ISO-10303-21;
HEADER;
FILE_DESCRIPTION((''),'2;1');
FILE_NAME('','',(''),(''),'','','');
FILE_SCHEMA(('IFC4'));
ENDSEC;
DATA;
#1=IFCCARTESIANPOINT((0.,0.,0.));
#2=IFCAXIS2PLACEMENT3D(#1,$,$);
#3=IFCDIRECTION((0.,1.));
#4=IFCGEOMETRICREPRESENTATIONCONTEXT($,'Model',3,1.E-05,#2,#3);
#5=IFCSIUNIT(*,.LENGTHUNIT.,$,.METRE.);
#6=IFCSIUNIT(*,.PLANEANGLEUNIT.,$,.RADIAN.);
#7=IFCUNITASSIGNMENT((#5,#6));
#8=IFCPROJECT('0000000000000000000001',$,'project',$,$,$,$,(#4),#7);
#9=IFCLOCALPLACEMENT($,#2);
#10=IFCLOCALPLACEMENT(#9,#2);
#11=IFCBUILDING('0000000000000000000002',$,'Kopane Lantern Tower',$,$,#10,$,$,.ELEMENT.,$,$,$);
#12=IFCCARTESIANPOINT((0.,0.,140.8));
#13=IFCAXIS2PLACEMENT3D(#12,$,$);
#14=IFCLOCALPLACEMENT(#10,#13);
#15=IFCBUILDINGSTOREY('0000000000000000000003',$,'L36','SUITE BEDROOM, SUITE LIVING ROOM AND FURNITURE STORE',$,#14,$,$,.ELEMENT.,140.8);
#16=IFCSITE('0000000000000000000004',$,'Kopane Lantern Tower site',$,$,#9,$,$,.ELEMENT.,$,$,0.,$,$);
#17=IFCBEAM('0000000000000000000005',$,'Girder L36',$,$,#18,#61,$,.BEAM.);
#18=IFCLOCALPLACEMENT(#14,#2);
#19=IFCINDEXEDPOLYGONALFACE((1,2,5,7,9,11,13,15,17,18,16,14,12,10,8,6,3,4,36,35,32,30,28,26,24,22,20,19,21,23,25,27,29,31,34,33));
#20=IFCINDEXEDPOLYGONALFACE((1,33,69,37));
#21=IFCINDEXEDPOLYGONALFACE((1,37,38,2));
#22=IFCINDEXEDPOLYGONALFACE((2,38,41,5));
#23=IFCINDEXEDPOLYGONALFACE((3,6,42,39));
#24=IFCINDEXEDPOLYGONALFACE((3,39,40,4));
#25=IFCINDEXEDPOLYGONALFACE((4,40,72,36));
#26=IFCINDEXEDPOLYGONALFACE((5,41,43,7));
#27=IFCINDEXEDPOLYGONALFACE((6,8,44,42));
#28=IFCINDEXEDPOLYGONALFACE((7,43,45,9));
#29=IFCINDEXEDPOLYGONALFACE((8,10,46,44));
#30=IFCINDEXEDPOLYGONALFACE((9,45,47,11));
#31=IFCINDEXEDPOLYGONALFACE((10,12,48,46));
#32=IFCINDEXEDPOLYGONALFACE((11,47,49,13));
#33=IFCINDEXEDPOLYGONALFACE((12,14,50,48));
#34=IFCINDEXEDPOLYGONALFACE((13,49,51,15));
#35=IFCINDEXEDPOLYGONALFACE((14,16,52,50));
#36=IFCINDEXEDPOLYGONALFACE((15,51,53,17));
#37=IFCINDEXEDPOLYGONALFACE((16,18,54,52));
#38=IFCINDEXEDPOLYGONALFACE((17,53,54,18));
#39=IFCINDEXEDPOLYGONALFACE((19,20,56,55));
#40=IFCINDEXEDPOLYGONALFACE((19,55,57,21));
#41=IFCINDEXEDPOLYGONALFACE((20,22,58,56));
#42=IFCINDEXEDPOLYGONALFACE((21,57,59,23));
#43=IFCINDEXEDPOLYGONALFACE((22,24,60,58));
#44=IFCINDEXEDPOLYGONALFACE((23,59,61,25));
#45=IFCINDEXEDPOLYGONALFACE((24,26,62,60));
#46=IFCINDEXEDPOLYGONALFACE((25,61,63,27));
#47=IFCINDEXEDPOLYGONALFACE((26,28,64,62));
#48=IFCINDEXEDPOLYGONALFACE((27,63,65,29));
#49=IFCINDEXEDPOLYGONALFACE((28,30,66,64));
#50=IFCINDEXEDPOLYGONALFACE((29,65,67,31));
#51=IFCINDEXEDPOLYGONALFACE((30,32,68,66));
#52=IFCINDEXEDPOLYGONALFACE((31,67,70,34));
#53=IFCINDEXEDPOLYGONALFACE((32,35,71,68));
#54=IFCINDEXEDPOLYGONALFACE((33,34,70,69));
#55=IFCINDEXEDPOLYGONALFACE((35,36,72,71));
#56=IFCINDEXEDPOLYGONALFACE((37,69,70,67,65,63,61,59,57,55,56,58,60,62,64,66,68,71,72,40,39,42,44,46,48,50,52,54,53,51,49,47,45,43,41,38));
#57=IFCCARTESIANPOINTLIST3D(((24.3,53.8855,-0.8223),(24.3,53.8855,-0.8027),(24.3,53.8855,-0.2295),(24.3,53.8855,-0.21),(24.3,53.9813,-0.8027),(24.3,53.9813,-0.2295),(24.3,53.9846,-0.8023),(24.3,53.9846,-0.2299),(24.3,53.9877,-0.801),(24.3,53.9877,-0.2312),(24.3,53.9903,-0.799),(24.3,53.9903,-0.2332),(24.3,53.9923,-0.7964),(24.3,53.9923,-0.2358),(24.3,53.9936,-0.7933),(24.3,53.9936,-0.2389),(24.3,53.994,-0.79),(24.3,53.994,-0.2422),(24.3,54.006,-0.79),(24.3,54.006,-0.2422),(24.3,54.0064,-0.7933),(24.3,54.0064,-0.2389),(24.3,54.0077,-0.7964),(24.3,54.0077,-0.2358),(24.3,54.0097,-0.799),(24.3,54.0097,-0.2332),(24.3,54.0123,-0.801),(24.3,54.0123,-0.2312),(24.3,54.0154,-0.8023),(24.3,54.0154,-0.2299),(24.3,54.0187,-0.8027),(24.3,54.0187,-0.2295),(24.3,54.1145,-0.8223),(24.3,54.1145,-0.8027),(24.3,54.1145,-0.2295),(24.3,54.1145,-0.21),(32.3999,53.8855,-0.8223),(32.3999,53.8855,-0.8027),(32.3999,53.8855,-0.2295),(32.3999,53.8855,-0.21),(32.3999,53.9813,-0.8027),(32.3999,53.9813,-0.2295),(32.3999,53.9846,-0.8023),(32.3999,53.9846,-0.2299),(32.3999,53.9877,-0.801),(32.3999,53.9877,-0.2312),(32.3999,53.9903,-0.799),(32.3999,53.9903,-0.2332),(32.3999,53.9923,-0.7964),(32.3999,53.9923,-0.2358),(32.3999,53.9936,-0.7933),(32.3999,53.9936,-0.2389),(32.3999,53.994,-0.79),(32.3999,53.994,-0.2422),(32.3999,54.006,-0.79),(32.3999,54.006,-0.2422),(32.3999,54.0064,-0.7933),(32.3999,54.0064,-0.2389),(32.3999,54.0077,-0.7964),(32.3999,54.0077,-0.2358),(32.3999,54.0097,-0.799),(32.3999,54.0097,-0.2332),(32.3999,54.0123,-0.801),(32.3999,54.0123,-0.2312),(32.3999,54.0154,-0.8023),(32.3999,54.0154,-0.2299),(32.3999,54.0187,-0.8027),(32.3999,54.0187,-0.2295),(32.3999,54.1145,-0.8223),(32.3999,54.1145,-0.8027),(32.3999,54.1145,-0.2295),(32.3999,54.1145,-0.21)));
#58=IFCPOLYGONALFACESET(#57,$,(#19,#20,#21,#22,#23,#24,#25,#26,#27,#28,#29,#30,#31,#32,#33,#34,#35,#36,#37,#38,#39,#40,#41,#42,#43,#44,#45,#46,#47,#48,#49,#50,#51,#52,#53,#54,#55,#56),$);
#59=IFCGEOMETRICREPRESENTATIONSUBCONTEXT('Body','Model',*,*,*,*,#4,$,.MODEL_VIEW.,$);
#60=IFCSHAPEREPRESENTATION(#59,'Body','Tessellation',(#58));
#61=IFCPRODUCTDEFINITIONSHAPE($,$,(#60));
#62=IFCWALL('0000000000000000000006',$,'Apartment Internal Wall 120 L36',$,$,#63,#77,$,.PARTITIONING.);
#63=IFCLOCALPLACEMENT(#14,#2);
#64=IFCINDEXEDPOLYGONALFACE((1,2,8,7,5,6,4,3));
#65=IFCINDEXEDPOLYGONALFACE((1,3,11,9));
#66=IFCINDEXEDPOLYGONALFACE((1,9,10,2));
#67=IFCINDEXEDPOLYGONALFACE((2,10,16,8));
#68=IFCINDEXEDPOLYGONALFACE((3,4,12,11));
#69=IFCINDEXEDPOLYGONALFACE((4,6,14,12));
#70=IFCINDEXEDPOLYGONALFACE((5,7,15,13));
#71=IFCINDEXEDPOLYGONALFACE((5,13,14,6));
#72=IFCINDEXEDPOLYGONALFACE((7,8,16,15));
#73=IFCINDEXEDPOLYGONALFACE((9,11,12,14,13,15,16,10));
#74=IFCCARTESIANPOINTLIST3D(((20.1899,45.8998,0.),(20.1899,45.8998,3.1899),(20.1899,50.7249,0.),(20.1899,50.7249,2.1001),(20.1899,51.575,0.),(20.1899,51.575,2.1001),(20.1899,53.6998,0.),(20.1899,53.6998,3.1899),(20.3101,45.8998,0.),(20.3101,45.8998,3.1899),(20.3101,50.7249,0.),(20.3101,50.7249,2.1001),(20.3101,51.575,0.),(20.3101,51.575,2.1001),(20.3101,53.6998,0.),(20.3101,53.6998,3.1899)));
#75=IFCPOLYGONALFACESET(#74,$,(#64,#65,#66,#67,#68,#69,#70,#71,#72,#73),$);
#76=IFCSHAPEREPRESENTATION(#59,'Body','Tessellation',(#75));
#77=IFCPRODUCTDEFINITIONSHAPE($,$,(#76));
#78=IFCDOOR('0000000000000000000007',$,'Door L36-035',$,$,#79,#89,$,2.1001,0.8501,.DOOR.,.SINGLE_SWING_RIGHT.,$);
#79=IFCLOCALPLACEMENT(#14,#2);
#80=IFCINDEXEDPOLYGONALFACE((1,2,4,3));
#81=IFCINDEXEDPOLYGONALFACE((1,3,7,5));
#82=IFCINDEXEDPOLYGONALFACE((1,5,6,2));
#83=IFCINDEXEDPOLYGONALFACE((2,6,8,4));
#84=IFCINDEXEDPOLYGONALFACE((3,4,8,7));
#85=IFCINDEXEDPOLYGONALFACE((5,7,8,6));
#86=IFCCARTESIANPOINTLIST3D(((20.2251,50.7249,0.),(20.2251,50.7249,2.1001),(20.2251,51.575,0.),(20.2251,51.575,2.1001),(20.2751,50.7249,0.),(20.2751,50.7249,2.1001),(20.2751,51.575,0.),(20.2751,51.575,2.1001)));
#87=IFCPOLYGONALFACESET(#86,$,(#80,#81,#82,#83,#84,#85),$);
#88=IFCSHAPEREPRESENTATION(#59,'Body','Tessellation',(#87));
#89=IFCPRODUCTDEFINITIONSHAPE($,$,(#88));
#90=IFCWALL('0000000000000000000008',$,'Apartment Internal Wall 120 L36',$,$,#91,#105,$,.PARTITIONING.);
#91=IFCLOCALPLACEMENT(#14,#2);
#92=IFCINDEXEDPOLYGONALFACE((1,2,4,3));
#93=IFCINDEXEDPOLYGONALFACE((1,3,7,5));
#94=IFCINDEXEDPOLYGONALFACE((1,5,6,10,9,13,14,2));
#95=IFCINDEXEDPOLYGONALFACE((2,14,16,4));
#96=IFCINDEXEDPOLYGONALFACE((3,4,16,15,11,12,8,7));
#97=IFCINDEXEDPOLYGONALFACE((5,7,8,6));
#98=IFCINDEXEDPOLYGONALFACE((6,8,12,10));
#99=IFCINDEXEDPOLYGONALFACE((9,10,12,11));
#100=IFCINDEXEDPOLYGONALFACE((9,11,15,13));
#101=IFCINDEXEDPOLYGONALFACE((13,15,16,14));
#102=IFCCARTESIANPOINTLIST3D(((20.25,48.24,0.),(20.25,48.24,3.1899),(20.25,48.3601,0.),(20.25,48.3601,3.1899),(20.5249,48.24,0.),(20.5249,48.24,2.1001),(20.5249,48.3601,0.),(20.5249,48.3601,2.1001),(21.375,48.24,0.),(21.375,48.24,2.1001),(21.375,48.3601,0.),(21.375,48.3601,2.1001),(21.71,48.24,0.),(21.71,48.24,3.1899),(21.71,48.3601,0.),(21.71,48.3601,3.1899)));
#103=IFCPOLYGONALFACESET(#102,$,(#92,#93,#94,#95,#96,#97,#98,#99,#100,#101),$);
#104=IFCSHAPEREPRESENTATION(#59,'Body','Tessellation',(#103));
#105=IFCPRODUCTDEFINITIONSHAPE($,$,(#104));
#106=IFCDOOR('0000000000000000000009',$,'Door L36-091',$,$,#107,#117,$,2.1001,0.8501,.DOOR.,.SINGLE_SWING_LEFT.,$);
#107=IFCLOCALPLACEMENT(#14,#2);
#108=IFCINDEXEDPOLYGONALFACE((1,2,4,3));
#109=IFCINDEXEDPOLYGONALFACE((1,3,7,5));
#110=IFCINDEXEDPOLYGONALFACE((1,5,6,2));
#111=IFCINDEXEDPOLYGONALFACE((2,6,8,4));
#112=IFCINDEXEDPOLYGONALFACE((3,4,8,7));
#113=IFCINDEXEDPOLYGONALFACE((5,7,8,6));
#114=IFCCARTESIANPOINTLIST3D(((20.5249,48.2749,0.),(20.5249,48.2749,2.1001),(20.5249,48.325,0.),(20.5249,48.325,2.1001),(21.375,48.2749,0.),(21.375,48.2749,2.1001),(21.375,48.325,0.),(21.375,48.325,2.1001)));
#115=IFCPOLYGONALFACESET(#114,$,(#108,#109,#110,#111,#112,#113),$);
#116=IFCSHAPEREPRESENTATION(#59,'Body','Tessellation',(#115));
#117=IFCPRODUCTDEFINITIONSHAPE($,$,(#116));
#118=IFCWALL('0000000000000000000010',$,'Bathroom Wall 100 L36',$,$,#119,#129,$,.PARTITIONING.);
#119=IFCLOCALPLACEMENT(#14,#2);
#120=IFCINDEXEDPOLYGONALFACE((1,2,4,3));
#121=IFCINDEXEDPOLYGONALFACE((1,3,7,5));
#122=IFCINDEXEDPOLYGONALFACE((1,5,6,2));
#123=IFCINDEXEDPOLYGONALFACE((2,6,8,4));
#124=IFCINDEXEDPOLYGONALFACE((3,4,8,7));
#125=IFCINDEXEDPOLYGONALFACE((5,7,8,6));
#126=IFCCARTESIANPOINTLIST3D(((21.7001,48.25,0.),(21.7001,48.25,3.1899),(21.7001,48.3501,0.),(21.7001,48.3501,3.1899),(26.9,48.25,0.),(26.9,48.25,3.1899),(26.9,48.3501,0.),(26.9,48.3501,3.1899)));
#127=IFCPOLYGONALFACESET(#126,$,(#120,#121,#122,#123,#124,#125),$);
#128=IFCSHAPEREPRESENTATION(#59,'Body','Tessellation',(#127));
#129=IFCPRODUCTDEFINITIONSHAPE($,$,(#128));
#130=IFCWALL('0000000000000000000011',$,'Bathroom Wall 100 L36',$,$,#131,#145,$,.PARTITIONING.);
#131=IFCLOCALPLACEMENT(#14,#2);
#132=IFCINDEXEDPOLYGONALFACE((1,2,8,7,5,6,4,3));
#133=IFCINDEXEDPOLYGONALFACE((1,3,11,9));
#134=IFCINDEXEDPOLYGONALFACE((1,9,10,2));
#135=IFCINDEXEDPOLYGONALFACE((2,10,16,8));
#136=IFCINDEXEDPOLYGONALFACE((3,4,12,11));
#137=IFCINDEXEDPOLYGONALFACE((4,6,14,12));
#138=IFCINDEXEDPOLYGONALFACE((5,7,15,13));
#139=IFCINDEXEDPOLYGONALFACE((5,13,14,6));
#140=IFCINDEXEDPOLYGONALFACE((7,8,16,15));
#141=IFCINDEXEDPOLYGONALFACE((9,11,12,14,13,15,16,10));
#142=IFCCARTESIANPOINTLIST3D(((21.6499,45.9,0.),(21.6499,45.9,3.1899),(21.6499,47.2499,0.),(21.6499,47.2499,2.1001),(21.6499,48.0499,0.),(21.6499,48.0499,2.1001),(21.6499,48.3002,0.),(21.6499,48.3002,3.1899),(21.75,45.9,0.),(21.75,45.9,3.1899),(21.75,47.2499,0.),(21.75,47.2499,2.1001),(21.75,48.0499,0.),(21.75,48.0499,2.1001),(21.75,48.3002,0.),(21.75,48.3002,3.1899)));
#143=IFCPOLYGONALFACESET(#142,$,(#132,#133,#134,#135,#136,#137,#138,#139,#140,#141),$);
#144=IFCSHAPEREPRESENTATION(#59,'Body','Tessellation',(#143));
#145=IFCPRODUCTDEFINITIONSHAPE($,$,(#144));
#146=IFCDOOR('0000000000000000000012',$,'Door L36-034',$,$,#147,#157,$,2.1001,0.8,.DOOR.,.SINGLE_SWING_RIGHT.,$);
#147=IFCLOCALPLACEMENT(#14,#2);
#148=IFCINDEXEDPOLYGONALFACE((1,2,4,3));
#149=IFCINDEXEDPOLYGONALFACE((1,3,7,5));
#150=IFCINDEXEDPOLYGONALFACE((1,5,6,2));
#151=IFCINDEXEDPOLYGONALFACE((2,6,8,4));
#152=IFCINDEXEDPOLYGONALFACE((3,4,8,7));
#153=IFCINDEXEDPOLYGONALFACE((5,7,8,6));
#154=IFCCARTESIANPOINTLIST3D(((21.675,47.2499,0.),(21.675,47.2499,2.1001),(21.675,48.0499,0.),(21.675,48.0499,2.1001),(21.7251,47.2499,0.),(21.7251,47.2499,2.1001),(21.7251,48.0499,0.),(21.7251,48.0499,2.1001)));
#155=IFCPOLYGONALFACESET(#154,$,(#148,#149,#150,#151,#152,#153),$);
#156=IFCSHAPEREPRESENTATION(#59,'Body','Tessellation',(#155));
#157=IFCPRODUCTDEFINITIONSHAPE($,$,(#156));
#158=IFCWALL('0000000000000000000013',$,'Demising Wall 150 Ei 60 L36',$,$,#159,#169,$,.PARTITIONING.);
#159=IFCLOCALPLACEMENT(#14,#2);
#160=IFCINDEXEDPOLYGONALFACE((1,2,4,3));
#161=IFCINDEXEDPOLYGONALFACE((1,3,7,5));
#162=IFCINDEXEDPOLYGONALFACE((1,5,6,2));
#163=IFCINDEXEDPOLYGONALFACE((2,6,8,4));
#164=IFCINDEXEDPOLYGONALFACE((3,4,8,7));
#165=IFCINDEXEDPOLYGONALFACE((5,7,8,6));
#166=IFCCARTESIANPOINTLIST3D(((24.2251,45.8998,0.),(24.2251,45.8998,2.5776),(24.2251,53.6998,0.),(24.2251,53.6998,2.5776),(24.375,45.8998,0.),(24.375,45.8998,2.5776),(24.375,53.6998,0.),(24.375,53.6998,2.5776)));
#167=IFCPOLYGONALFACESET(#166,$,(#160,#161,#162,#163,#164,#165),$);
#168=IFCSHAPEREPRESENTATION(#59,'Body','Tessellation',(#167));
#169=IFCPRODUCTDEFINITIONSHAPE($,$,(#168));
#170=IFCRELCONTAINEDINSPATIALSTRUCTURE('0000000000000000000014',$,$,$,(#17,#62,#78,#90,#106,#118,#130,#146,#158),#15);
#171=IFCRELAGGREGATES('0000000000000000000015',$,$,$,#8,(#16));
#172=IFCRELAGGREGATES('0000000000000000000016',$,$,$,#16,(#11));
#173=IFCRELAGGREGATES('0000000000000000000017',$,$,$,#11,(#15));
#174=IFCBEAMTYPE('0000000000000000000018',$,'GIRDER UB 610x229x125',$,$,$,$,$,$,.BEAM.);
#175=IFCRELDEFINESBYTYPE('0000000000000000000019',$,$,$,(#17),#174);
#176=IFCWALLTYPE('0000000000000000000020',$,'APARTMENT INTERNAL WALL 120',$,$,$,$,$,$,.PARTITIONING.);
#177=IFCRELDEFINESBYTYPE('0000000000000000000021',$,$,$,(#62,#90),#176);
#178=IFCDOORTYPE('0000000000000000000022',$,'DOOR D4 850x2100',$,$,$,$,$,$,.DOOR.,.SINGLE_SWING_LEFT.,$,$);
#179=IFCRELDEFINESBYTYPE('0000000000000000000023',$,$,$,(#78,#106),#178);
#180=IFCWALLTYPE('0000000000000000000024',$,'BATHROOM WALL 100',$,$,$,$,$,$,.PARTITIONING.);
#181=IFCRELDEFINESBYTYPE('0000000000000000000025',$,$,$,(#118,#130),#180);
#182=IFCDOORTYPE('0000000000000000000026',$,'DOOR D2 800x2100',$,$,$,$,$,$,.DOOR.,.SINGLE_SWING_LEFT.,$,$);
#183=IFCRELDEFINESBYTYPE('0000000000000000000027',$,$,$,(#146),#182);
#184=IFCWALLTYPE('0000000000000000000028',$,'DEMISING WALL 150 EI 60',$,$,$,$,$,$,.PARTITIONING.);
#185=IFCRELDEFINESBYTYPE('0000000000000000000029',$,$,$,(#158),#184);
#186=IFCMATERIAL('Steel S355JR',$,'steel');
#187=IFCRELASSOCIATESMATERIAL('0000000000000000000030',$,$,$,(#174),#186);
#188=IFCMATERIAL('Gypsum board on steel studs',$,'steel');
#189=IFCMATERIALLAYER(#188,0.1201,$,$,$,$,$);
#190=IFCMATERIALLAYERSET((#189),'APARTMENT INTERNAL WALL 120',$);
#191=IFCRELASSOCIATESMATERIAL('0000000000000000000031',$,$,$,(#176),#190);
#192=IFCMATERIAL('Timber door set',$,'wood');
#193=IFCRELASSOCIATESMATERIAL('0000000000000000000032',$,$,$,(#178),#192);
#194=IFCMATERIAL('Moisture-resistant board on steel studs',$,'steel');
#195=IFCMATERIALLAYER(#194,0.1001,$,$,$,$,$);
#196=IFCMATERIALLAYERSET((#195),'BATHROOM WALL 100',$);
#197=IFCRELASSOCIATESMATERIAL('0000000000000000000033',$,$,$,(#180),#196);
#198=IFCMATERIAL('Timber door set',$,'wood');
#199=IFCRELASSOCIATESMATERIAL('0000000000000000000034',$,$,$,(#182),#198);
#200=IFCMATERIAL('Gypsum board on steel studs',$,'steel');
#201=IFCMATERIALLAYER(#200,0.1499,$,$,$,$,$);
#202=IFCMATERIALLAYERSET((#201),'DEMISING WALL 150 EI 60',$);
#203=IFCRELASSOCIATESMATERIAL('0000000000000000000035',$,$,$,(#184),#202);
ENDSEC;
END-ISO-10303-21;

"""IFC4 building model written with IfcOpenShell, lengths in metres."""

from ifc_helpers import new_model, si_unit, direction, frame, frame_2d, origin, origin_2d, place, context, subcontext, project, spatial, rectangle, i_section, extrude, material, layer, layer_set, material_profile, profile_set, type_object, element, fill, save


model = new_model("IFC4")

# Units and contexts
model_context = context("Model", 3, precision=1e-05, world=origin(), true_north=direction((0.0, 1.0)))
body_context = subcontext(model_context, "Body", "Model", "MODEL_VIEW")
ifc_project = project(units=[si_unit("LENGTHUNIT", "METRE"), si_unit("PLANEANGLEUNIT", "RADIAN")], contexts=[model_context])

# Site, building, storey
site_placement = place(None, origin())
site = spatial("IfcSite", under=ifc_project, at=site_placement, Name="Kopane Lantern Tower site", CompositionType="ELEMENT", RefElevation=0.0)
building_placement = place(site_placement, origin())
building = spatial("IfcBuilding", under=site, at=building_placement, Name="Kopane Lantern Tower", CompositionType="ELEMENT")
storey_placement = place(building_placement, frame((0.0, 0.0, 140.8)))
storey = spatial("IfcBuildingStorey", under=building, at=storey_placement, Name="L36", Description="SUITE BEDROOM, SUITE LIVING ROOM AND FURNITURE STORE", CompositionType="ELEMENT", Elevation=140.8)

# Beam
ifc_material_1 = material(Name="Steel S355JR", Category="steel")
ifc_material_profile_1 = material_profile(ifc_material_1, i_section(OverallWidth=0.229, OverallDepth=0.6123, WebThickness=0.012, FlangeThickness=0.0195, FilletRadius=0.0127, at=origin_2d()), Name="UB 610x229x125")
ifc_profile_set_1 = profile_set([ifc_material_profile_1], Name="Steel S355JR")
beam_type = type_object("IfcBeamType", Name="GIRDER UB 610x229x125", PredefinedType="BEAM", material=ifc_profile_set_1)
for number, where, z_axis, x_axis, name in (
    (1, (24.3, 54.0, -0.5161), (1.0, 0.0, 0.0), (0.0, 1.0, 0.0), "Girder L36"),
):
    element("IfcBeam", number, at=place(storey_placement, frame(where, z_axis=z_axis, x_axis=x_axis)), inside=storey, type_object=beam_type, Name=name, PredefinedType="BEAM", context=body_context, shape_type="SweptSolid", body=[
        extrude(i_section(OverallWidth=0.229, OverallDepth=0.6123, WebThickness=0.012, FlangeThickness=0.0195, FilletRadius=0.0127, at=origin_2d()), origin(), (0.0, 0.0, 1.0), 8.0999),
    ])

# Walls, openings, doors
ifc_material_2 = material(Name="Gypsum board on steel studs", Category="steel")
ifc_layer_1 = layer(ifc_material_2, 0.1201)
ifc_layer_set_1 = layer_set([ifc_layer_1], Name="APARTMENT INTERNAL WALL 120")
wall_type_1 = type_object("IfcWallType", Name="APARTMENT INTERNAL WALL 120", PredefinedType="PARTITIONING", material=ifc_layer_set_1)
wall_1_placement = place(storey_placement, frame((20.25, 45.8999, 0.0), z_axis=(0.0, 0.0, 1.0), x_axis=(0.0, 1.0, 0.0)))
wall_1 = element("IfcWall", 2, at=wall_1_placement, inside=storey, type_object=wall_type_1, Name="Apartment Internal Wall 120 L36", PredefinedType="PARTITIONING", context=body_context, shape_type="SweptSolid", body=[
    extrude(rectangle(XDim=7.8, YDim=0.1201, at=frame_2d((3.8999, 0.0))), origin(), (0.0, 0.0, 1.0), 3.1899),
])
opening_1_placement = place(wall_1_placement, frame((4.825, 0.0, 0.0)))
opening_1 = element("IfcOpeningElement", 3, at=opening_1_placement, cuts=wall_1, PredefinedType="OPENING", context=body_context, shape_type="SweptSolid", body=[
    extrude(rectangle(XDim=0.8501, YDim=2.1001, at=frame_2d((0.425, 1.05))), frame((0.0, 0.0701, 0.0), z_axis=(0.0, -1.0, 0.0), x_axis=(1.0, 0.0, 0.0)), (0.0, 0.0, 1.0), 0.1401),
])
ifc_material_3 = material(Name="Timber door set", Category="wood")
door_type_1 = type_object("IfcDoorType", Name="DOOR D4 850x2100", OperationType="SINGLE_SWING_LEFT", PredefinedType="DOOR", material=ifc_material_3)
door_1_placement = place(opening_1_placement, origin())
door_1 = element("IfcDoor", 4, at=door_1_placement, inside=storey, type_object=door_type_1, Name="Door L36-035", OperationType="SINGLE_SWING_RIGHT", OverallHeight=2.1001, OverallWidth=0.8501, PredefinedType="DOOR", context=body_context, shape_type="SweptSolid", body=[
    extrude(rectangle(XDim=0.8501, YDim=2.1001, at=frame_2d((0.425, 1.05))), frame((0.0, 0.0249, 0.0), z_axis=(0.0, -1.0, 0.0), x_axis=(1.0, 0.0, 0.0)), (0.0, 0.0, 1.0), 0.05),
])
fill(opening_1, door_1)
wall_2_placement = place(storey_placement, frame((20.25, 48.3, 0.0), z_axis=(0.0, 0.0, 1.0), x_axis=(1.0, 0.0, 0.0)))
wall_2 = element("IfcWall", 5, at=wall_2_placement, inside=storey, type_object=wall_type_1, Name="Apartment Internal Wall 120 L36", PredefinedType="PARTITIONING", context=body_context, shape_type="SweptSolid", body=[
    extrude(rectangle(XDim=1.46, YDim=0.1201, at=frame_2d((0.73, 0.0))), origin(), (0.0, 0.0, 1.0), 3.1899),
])
opening_2_placement = place(wall_2_placement, frame((0.2749, 0.0, 0.0)))
opening_2 = element("IfcOpeningElement", 6, at=opening_2_placement, cuts=wall_2, PredefinedType="OPENING", context=body_context, shape_type="SweptSolid", body=[
    extrude(rectangle(XDim=0.8501, YDim=2.1001, at=frame_2d((0.425, 1.05))), frame((0.0, 0.0701, 0.0), z_axis=(0.0, -1.0, 0.0), x_axis=(1.0, 0.0, 0.0)), (0.0, 0.0, 1.0), 0.1401),
])
door_2_placement = place(opening_2_placement, origin())
door_2 = element("IfcDoor", 7, at=door_2_placement, inside=storey, type_object=door_type_1, Name="Door L36-091", OperationType="SINGLE_SWING_LEFT", OverallHeight=2.1001, OverallWidth=0.8501, PredefinedType="DOOR", context=body_context, shape_type="SweptSolid", body=[
    extrude(rectangle(XDim=0.8501, YDim=2.1001, at=frame_2d((0.425, 1.05))), frame((0.0, 0.0249, 0.0), z_axis=(0.0, -1.0, 0.0), x_axis=(1.0, 0.0, 0.0)), (0.0, 0.0, 1.0), 0.05),
])
fill(opening_2, door_2)

# Wall
ifc_material_4 = material(Name="Moisture-resistant board on steel studs", Category="steel")
ifc_layer_2 = layer(ifc_material_4, 0.1001)
ifc_layer_set_2 = layer_set([ifc_layer_2], Name="BATHROOM WALL 100")
wall_type_2 = type_object("IfcWallType", Name="BATHROOM WALL 100", PredefinedType="PARTITIONING", material=ifc_layer_set_2)
wall_3_placement = place(storey_placement, frame((21.7, 48.3, 0.0), z_axis=(0.0, 0.0, 1.0), x_axis=(1.0, 0.0, 0.0)))
element("IfcWall", 8, at=wall_3_placement, inside=storey, type_object=wall_type_2, Name="Bathroom Wall 100 L36", PredefinedType="PARTITIONING", context=body_context, shape_type="SweptSolid", body=[
    extrude(rectangle(XDim=5.2, YDim=0.1001, at=frame_2d((2.6001, 0.0))), origin(), (0.0, 0.0, 1.0), 3.1899),
])

# Wall, opening, door
wall_4_placement = place(storey_placement, frame((21.7, 45.8999, 0.0), z_axis=(0.0, 0.0, 1.0), x_axis=(0.0, 1.0, 0.0)))
wall_4 = element("IfcWall", 9, at=wall_4_placement, inside=storey, type_object=wall_type_2, Name="Bathroom Wall 100 L36", PredefinedType="PARTITIONING", context=body_context, shape_type="SweptSolid", body=[
    extrude(rectangle(XDim=2.4001, YDim=0.1001, at=frame_2d((1.2002, 0.0))), origin(), (0.0, 0.0, 1.0), 3.1899),
])
opening_3_placement = place(wall_4_placement, frame((1.3501, 0.0, 0.0)))
opening_3 = element("IfcOpeningElement", 10, at=opening_3_placement, cuts=wall_4, PredefinedType="OPENING", context=body_context, shape_type="SweptSolid", body=[
    extrude(rectangle(XDim=0.8, YDim=2.1001, at=frame_2d((0.3999, 1.05))), frame((0.0, 0.0601, 0.0), z_axis=(0.0, -1.0, 0.0), x_axis=(1.0, 0.0, 0.0)), (0.0, 0.0, 1.0), 0.1201),
])
ifc_material_5 = material(Name="Timber door set", Category="wood")
door_type_2 = type_object("IfcDoorType", Name="DOOR D2 800x2100", OperationType="SINGLE_SWING_LEFT", PredefinedType="DOOR", material=ifc_material_5)
door_3_placement = place(opening_3_placement, origin())
door_3 = element("IfcDoor", 11, at=door_3_placement, inside=storey, type_object=door_type_2, Name="Door L36-034", OperationType="SINGLE_SWING_RIGHT", OverallHeight=2.1001, OverallWidth=0.8, PredefinedType="DOOR", context=body_context, shape_type="SweptSolid", body=[
    extrude(rectangle(XDim=0.8, YDim=2.1001, at=frame_2d((0.3999, 1.05))), frame((0.0, 0.0249, 0.0), z_axis=(0.0, -1.0, 0.0), x_axis=(1.0, 0.0, 0.0)), (0.0, 0.0, 1.0), 0.05),
])
fill(opening_3, door_3)

# Wall
ifc_material_6 = material(Name="Gypsum board on steel studs", Category="steel")
ifc_layer_3 = layer(ifc_material_6, 0.1499)
ifc_layer_set_3 = layer_set([ifc_layer_3], Name="DEMISING WALL 150 EI 60")
wall_type_3 = type_object("IfcWallType", Name="DEMISING WALL 150 EI 60", PredefinedType="PARTITIONING", material=ifc_layer_set_3)
wall_5_placement = place(storey_placement, frame((24.3, 45.8999, 0.0), z_axis=(0.0, 0.0, 1.0), x_axis=(0.0, 1.0, 0.0)))
element("IfcWall", 12, at=wall_5_placement, inside=storey, type_object=wall_type_3, Name="Demising Wall 150 Ei 60 L36", PredefinedType="PARTITIONING", context=body_context, shape_type="SweptSolid", body=[
    extrude(rectangle(XDim=7.8, YDim=0.1499, at=frame_2d((3.8999, 0.0))), origin(), (0.0, 0.0, 1.0), 2.5776),
])

save(model, "model.ifc")
